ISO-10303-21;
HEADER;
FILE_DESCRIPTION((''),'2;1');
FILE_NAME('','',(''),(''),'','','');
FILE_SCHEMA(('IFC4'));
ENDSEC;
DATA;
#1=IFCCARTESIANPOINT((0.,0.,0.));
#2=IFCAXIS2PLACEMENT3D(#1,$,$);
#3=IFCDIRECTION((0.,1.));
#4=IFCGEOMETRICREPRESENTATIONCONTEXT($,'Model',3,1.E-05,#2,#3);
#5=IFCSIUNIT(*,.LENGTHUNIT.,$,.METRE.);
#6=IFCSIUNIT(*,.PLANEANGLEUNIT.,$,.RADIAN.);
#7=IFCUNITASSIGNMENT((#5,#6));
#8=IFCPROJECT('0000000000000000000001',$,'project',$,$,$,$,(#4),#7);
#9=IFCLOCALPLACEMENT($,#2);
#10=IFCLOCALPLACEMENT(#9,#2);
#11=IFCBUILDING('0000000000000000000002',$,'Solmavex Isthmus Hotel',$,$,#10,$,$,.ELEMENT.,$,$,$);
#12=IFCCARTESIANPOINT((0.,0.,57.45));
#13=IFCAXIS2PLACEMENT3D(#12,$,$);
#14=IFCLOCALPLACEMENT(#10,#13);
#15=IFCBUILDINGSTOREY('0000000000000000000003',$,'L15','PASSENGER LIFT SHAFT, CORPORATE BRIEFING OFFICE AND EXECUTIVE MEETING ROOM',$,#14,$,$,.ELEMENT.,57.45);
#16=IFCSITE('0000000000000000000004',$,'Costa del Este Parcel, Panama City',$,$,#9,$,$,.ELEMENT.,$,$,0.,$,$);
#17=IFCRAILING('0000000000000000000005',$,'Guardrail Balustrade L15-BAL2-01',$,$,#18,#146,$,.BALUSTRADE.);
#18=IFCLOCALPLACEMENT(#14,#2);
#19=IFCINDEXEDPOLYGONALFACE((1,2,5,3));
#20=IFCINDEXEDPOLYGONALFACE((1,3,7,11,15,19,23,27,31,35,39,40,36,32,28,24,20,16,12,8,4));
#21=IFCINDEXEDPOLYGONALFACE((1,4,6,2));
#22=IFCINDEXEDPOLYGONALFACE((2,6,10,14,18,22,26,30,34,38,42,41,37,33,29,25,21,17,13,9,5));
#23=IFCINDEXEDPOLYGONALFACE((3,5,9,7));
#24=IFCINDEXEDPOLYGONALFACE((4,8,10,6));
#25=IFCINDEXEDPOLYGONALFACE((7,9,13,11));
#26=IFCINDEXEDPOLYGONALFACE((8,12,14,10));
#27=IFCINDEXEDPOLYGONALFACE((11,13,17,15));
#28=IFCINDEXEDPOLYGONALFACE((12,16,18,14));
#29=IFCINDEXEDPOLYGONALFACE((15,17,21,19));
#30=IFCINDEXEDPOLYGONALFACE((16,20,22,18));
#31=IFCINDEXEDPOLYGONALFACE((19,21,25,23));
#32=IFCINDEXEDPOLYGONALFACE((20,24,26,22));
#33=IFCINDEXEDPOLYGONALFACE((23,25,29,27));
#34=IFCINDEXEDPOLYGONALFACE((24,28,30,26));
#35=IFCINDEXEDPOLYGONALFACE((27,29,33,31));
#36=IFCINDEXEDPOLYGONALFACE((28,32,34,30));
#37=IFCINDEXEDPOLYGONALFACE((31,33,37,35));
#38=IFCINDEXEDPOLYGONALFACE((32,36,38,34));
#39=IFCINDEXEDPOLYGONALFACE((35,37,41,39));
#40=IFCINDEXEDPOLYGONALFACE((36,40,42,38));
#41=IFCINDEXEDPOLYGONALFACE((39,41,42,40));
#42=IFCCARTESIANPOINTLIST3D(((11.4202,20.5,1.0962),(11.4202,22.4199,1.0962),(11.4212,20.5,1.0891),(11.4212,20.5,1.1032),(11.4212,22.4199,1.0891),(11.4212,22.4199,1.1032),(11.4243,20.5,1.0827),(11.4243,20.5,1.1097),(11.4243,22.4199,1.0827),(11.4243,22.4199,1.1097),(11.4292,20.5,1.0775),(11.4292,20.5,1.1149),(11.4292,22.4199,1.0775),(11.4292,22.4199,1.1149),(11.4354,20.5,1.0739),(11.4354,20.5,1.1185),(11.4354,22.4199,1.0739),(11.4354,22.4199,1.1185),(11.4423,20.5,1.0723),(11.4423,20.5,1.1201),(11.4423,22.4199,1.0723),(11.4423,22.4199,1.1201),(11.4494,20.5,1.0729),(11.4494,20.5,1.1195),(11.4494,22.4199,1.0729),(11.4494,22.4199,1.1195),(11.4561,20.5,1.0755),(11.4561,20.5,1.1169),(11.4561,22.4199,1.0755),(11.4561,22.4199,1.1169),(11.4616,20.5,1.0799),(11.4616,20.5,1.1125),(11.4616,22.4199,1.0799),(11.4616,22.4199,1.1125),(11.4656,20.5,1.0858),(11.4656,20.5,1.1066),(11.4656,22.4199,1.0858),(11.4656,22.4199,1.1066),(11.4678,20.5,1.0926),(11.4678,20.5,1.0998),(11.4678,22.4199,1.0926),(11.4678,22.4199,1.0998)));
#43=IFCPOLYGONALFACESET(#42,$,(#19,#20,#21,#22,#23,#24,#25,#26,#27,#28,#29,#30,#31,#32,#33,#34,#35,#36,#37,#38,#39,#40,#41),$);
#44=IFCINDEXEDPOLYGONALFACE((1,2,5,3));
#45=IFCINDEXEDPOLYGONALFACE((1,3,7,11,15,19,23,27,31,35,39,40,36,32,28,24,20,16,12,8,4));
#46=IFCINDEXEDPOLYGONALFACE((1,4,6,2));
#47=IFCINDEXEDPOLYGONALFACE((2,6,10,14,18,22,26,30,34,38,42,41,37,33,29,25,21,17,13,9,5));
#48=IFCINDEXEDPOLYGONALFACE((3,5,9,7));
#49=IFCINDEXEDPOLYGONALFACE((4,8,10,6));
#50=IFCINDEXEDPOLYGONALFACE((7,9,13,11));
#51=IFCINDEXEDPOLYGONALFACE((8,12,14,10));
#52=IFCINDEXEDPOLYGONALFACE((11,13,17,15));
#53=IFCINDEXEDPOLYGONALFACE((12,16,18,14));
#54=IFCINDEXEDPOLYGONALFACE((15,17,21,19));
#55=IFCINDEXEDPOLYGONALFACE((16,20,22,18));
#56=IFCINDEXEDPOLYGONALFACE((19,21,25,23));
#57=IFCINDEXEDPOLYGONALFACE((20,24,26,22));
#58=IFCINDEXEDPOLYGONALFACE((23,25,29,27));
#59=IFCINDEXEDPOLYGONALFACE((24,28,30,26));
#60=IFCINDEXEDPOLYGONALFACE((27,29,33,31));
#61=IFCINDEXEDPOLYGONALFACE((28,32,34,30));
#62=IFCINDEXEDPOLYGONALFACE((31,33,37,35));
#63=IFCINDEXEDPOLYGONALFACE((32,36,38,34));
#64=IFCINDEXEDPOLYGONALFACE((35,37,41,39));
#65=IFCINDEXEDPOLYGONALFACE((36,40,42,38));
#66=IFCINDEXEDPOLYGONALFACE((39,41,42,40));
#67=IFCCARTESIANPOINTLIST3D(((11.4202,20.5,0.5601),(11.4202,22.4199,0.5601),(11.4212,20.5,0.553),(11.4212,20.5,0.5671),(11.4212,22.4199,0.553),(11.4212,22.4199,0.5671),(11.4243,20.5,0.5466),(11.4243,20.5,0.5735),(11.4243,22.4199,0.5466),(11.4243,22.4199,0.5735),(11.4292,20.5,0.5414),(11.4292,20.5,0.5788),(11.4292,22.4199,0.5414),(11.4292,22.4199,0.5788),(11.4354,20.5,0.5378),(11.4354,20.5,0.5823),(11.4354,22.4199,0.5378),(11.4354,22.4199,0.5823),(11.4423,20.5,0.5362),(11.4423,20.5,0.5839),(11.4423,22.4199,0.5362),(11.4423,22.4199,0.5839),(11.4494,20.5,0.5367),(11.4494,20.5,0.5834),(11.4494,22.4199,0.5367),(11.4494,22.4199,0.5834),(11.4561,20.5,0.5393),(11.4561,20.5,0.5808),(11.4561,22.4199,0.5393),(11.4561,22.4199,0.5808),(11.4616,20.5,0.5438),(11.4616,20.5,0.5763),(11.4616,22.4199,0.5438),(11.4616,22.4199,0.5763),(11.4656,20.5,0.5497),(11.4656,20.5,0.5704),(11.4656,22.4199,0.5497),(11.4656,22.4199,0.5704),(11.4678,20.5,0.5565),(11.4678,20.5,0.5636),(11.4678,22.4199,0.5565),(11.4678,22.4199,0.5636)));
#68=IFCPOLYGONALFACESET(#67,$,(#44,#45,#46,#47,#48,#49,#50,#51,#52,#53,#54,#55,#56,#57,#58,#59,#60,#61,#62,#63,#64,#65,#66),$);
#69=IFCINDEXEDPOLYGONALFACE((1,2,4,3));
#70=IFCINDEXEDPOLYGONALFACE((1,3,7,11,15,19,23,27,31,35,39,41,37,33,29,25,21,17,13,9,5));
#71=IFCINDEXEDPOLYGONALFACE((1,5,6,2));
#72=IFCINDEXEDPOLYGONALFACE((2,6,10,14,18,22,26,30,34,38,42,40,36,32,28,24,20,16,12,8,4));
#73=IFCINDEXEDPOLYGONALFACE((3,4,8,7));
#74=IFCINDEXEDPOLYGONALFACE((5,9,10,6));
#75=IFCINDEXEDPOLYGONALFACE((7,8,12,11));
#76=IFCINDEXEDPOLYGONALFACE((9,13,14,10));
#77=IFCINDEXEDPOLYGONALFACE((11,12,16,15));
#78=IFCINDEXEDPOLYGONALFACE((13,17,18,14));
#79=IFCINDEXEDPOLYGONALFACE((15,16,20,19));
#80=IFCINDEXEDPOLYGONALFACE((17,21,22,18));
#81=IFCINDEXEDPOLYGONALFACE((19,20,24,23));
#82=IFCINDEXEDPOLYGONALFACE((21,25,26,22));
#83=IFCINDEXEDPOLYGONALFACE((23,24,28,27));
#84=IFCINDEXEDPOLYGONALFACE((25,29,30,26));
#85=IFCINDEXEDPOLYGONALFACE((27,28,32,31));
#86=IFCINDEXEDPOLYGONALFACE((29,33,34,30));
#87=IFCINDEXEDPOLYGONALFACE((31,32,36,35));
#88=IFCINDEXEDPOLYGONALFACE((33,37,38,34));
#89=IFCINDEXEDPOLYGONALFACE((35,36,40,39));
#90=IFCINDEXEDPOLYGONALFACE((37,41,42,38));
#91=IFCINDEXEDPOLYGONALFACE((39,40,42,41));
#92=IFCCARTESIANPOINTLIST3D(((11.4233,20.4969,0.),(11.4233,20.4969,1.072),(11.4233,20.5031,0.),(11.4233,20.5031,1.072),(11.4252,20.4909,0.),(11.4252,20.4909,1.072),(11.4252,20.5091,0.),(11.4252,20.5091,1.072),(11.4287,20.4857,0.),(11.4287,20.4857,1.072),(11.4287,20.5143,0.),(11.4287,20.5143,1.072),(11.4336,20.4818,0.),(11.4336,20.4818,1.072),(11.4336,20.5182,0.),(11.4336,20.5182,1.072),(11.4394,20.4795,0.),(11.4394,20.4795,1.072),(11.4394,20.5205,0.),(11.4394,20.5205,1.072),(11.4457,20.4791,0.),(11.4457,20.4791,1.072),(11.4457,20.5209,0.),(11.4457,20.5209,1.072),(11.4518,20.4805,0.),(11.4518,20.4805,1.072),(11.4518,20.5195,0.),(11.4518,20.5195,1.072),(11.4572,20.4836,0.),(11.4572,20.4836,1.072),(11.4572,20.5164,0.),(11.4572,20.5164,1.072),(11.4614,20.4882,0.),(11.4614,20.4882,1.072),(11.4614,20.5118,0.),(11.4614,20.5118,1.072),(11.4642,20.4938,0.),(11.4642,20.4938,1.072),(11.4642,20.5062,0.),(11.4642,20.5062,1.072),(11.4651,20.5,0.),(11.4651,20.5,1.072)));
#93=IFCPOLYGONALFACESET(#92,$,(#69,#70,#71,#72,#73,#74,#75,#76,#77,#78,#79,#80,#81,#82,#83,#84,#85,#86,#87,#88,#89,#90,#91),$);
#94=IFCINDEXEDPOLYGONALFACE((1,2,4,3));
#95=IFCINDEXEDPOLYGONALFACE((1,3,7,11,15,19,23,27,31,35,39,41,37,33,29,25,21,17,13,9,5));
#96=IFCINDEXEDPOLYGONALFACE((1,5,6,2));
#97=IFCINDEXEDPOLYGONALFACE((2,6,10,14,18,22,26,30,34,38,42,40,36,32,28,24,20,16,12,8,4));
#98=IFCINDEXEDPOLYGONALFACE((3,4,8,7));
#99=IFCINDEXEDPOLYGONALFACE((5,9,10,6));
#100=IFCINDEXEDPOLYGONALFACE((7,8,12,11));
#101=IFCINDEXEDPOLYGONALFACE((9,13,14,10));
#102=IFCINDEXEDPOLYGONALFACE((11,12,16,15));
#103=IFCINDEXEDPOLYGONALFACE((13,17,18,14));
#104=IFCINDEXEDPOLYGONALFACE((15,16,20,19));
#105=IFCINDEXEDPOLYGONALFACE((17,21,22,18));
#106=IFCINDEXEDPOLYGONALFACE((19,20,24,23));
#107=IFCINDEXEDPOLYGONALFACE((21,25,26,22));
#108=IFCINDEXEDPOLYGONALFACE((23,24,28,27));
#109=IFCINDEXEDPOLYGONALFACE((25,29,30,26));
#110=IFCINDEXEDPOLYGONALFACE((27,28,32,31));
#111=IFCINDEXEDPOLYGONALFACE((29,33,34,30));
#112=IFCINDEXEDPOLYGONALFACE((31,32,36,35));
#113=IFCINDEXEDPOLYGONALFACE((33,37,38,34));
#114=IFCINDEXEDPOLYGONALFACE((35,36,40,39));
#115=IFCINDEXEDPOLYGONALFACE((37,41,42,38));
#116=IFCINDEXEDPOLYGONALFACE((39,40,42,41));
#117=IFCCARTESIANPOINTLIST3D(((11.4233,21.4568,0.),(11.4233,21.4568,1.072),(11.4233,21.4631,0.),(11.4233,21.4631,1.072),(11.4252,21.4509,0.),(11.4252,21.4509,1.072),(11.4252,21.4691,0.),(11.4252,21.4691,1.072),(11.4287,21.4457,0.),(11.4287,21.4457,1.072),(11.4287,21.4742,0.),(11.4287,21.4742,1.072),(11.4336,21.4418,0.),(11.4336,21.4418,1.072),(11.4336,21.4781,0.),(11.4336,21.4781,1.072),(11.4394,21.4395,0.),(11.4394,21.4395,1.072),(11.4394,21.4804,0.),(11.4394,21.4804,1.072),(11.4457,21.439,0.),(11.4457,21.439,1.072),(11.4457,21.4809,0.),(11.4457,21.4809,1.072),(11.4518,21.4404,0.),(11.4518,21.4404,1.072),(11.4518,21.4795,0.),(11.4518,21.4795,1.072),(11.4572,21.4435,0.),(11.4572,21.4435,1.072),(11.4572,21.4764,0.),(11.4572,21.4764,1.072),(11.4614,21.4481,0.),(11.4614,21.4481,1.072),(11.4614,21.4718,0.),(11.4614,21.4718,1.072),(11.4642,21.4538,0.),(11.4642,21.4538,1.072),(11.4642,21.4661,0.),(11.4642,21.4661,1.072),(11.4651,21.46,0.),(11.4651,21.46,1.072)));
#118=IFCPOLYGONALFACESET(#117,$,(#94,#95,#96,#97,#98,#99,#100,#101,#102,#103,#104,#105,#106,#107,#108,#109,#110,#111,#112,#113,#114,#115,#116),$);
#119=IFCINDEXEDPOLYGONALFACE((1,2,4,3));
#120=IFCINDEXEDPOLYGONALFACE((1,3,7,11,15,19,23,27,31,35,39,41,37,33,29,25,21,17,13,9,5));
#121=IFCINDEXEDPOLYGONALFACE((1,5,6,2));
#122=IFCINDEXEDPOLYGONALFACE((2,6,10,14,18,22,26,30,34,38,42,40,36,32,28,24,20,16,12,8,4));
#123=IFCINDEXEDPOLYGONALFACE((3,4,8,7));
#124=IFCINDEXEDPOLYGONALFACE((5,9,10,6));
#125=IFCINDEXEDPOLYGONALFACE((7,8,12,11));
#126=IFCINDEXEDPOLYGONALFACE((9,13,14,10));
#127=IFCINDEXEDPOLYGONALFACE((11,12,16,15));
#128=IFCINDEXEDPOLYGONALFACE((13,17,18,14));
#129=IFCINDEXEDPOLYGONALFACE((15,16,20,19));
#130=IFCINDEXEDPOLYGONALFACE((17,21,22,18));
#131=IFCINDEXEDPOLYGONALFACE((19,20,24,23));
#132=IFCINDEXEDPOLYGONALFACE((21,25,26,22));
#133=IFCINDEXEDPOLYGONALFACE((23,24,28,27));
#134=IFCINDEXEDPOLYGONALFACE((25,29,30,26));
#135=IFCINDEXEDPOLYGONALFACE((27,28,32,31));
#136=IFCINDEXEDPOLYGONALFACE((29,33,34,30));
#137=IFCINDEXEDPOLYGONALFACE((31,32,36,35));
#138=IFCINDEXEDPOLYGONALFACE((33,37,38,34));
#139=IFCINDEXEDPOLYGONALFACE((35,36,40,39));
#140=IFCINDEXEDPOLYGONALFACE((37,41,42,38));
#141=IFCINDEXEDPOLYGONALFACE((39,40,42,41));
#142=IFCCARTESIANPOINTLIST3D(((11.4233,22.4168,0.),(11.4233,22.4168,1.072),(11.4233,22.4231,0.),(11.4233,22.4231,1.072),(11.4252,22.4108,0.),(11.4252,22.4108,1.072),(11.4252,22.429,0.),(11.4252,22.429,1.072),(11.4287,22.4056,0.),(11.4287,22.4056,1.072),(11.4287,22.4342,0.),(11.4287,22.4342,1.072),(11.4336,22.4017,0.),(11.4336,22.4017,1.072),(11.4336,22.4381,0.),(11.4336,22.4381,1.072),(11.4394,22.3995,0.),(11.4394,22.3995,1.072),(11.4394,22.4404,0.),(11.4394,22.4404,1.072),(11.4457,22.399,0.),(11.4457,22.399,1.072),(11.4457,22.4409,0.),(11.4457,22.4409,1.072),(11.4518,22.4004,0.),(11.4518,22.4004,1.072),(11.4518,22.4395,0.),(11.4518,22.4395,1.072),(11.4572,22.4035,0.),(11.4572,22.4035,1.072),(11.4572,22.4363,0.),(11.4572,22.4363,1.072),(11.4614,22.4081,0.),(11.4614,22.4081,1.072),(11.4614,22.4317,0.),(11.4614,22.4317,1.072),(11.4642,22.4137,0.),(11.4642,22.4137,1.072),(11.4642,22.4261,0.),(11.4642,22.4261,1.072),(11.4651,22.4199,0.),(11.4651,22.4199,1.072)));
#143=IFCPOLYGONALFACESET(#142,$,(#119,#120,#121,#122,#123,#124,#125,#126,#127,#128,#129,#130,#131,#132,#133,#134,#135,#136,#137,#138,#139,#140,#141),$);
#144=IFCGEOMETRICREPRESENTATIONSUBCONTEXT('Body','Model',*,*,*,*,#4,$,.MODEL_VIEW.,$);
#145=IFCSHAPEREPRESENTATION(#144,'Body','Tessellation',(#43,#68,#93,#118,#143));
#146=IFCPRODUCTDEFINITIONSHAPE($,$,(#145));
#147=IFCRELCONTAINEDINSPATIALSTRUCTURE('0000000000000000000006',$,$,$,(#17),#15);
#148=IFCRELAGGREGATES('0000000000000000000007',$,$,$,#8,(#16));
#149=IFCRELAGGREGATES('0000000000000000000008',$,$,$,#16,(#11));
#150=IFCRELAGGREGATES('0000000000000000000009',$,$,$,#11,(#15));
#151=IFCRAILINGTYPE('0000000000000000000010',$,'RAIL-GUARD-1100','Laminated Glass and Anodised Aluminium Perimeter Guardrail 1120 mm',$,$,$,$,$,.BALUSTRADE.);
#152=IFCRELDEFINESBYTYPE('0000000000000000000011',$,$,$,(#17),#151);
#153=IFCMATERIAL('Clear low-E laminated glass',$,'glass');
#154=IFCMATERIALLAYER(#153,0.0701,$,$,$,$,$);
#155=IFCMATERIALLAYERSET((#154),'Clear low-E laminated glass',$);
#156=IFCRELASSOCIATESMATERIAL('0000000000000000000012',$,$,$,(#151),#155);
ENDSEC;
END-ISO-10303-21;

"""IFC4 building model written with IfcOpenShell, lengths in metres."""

from ifc_helpers import new_model, si_unit, direction, frame, origin, origin_2d, place, context, subcontext, project, spatial, circle, extrude, material, layer, layer_set, type_object, element, save


model = new_model("IFC4")

# Units and contexts
model_context = context("Model", 3, precision=1e-05, world=origin(), true_north=direction((0.0, 1.0)))
body_context = subcontext(model_context, "Body", "Model", "MODEL_VIEW")
ifc_project = project(units=[si_unit("LENGTHUNIT", "METRE"), si_unit("PLANEANGLEUNIT", "RADIAN")], contexts=[model_context])

# Site, building, storey
site_placement = place(None, origin())
site = spatial("IfcSite", under=ifc_project, at=site_placement, Name="Costa del Este Parcel, Panama City", CompositionType="ELEMENT", RefElevation=0.0)
building_placement = place(site_placement, origin())
building = spatial("IfcBuilding", under=site, at=building_placement, Name="Solmavex Isthmus Hotel", CompositionType="ELEMENT")
storey_placement = place(building_placement, frame((0.0, 0.0, 57.45)))
storey = spatial("IfcBuildingStorey", under=building, at=storey_placement, Name="L15", Description="PASSENGER LIFT SHAFT, CORPORATE BRIEFING OFFICE AND EXECUTIVE MEETING ROOM", CompositionType="ELEMENT", Elevation=57.45)

# Shared definitions
ifc_material_1 = material(Name="Clear low-E laminated glass", Category="glass")

# Railing
ifc_layer_1 = layer(ifc_material_1, 0.0701)
ifc_layer_set_1 = layer_set([ifc_layer_1], Name="Clear low-E laminated glass")
railing_type_1 = type_object("IfcRailingType", Name="RAIL-GUARD-1100", Description="Laminated Glass and Anodised Aluminium Perimeter Guardrail 1120 mm", PredefinedType="BALUSTRADE", material=ifc_layer_set_1)
railing_1_placement = place(storey_placement, frame((11.4441, 20.5, 0.0)))
element("IfcRailing", 1, at=railing_1_placement, inside=storey, type_object=railing_type_1, Name="Guardrail Balustrade L15-BAL2-01", PredefinedType="BALUSTRADE", context=body_context, shape_type="SweptSolid", body=[
    extrude(circle(Radius=0.0239, at=origin_2d()), frame((0.0, 0.0, 1.0962), z_axis=(0.0, 1.0, 0.0), x_axis=(-1.0, 0.0, 0.0)), (0.0, 0.0, 1.0), 1.9199),
    extrude(circle(Radius=0.0239, at=origin_2d()), frame((0.0, 0.0, 0.5601), z_axis=(0.0, 1.0, 0.0), x_axis=(-1.0, 0.0, 0.0)), (0.0, 0.0, 1.0), 1.9199),
    extrude(circle(Radius=0.021, at=origin_2d()), origin(), (0.0, 0.0, 1.0), 1.072),
    extrude(circle(Radius=0.021, at=origin_2d()), frame((0.0, 0.96, 0.0)), (0.0, 0.0, 1.0), 1.072),
    extrude(circle(Radius=0.021, at=origin_2d()), frame((0.0, 1.9199, 0.0)), (0.0, 0.0, 1.0), 1.072),
])

save(model, "model.ifc")
